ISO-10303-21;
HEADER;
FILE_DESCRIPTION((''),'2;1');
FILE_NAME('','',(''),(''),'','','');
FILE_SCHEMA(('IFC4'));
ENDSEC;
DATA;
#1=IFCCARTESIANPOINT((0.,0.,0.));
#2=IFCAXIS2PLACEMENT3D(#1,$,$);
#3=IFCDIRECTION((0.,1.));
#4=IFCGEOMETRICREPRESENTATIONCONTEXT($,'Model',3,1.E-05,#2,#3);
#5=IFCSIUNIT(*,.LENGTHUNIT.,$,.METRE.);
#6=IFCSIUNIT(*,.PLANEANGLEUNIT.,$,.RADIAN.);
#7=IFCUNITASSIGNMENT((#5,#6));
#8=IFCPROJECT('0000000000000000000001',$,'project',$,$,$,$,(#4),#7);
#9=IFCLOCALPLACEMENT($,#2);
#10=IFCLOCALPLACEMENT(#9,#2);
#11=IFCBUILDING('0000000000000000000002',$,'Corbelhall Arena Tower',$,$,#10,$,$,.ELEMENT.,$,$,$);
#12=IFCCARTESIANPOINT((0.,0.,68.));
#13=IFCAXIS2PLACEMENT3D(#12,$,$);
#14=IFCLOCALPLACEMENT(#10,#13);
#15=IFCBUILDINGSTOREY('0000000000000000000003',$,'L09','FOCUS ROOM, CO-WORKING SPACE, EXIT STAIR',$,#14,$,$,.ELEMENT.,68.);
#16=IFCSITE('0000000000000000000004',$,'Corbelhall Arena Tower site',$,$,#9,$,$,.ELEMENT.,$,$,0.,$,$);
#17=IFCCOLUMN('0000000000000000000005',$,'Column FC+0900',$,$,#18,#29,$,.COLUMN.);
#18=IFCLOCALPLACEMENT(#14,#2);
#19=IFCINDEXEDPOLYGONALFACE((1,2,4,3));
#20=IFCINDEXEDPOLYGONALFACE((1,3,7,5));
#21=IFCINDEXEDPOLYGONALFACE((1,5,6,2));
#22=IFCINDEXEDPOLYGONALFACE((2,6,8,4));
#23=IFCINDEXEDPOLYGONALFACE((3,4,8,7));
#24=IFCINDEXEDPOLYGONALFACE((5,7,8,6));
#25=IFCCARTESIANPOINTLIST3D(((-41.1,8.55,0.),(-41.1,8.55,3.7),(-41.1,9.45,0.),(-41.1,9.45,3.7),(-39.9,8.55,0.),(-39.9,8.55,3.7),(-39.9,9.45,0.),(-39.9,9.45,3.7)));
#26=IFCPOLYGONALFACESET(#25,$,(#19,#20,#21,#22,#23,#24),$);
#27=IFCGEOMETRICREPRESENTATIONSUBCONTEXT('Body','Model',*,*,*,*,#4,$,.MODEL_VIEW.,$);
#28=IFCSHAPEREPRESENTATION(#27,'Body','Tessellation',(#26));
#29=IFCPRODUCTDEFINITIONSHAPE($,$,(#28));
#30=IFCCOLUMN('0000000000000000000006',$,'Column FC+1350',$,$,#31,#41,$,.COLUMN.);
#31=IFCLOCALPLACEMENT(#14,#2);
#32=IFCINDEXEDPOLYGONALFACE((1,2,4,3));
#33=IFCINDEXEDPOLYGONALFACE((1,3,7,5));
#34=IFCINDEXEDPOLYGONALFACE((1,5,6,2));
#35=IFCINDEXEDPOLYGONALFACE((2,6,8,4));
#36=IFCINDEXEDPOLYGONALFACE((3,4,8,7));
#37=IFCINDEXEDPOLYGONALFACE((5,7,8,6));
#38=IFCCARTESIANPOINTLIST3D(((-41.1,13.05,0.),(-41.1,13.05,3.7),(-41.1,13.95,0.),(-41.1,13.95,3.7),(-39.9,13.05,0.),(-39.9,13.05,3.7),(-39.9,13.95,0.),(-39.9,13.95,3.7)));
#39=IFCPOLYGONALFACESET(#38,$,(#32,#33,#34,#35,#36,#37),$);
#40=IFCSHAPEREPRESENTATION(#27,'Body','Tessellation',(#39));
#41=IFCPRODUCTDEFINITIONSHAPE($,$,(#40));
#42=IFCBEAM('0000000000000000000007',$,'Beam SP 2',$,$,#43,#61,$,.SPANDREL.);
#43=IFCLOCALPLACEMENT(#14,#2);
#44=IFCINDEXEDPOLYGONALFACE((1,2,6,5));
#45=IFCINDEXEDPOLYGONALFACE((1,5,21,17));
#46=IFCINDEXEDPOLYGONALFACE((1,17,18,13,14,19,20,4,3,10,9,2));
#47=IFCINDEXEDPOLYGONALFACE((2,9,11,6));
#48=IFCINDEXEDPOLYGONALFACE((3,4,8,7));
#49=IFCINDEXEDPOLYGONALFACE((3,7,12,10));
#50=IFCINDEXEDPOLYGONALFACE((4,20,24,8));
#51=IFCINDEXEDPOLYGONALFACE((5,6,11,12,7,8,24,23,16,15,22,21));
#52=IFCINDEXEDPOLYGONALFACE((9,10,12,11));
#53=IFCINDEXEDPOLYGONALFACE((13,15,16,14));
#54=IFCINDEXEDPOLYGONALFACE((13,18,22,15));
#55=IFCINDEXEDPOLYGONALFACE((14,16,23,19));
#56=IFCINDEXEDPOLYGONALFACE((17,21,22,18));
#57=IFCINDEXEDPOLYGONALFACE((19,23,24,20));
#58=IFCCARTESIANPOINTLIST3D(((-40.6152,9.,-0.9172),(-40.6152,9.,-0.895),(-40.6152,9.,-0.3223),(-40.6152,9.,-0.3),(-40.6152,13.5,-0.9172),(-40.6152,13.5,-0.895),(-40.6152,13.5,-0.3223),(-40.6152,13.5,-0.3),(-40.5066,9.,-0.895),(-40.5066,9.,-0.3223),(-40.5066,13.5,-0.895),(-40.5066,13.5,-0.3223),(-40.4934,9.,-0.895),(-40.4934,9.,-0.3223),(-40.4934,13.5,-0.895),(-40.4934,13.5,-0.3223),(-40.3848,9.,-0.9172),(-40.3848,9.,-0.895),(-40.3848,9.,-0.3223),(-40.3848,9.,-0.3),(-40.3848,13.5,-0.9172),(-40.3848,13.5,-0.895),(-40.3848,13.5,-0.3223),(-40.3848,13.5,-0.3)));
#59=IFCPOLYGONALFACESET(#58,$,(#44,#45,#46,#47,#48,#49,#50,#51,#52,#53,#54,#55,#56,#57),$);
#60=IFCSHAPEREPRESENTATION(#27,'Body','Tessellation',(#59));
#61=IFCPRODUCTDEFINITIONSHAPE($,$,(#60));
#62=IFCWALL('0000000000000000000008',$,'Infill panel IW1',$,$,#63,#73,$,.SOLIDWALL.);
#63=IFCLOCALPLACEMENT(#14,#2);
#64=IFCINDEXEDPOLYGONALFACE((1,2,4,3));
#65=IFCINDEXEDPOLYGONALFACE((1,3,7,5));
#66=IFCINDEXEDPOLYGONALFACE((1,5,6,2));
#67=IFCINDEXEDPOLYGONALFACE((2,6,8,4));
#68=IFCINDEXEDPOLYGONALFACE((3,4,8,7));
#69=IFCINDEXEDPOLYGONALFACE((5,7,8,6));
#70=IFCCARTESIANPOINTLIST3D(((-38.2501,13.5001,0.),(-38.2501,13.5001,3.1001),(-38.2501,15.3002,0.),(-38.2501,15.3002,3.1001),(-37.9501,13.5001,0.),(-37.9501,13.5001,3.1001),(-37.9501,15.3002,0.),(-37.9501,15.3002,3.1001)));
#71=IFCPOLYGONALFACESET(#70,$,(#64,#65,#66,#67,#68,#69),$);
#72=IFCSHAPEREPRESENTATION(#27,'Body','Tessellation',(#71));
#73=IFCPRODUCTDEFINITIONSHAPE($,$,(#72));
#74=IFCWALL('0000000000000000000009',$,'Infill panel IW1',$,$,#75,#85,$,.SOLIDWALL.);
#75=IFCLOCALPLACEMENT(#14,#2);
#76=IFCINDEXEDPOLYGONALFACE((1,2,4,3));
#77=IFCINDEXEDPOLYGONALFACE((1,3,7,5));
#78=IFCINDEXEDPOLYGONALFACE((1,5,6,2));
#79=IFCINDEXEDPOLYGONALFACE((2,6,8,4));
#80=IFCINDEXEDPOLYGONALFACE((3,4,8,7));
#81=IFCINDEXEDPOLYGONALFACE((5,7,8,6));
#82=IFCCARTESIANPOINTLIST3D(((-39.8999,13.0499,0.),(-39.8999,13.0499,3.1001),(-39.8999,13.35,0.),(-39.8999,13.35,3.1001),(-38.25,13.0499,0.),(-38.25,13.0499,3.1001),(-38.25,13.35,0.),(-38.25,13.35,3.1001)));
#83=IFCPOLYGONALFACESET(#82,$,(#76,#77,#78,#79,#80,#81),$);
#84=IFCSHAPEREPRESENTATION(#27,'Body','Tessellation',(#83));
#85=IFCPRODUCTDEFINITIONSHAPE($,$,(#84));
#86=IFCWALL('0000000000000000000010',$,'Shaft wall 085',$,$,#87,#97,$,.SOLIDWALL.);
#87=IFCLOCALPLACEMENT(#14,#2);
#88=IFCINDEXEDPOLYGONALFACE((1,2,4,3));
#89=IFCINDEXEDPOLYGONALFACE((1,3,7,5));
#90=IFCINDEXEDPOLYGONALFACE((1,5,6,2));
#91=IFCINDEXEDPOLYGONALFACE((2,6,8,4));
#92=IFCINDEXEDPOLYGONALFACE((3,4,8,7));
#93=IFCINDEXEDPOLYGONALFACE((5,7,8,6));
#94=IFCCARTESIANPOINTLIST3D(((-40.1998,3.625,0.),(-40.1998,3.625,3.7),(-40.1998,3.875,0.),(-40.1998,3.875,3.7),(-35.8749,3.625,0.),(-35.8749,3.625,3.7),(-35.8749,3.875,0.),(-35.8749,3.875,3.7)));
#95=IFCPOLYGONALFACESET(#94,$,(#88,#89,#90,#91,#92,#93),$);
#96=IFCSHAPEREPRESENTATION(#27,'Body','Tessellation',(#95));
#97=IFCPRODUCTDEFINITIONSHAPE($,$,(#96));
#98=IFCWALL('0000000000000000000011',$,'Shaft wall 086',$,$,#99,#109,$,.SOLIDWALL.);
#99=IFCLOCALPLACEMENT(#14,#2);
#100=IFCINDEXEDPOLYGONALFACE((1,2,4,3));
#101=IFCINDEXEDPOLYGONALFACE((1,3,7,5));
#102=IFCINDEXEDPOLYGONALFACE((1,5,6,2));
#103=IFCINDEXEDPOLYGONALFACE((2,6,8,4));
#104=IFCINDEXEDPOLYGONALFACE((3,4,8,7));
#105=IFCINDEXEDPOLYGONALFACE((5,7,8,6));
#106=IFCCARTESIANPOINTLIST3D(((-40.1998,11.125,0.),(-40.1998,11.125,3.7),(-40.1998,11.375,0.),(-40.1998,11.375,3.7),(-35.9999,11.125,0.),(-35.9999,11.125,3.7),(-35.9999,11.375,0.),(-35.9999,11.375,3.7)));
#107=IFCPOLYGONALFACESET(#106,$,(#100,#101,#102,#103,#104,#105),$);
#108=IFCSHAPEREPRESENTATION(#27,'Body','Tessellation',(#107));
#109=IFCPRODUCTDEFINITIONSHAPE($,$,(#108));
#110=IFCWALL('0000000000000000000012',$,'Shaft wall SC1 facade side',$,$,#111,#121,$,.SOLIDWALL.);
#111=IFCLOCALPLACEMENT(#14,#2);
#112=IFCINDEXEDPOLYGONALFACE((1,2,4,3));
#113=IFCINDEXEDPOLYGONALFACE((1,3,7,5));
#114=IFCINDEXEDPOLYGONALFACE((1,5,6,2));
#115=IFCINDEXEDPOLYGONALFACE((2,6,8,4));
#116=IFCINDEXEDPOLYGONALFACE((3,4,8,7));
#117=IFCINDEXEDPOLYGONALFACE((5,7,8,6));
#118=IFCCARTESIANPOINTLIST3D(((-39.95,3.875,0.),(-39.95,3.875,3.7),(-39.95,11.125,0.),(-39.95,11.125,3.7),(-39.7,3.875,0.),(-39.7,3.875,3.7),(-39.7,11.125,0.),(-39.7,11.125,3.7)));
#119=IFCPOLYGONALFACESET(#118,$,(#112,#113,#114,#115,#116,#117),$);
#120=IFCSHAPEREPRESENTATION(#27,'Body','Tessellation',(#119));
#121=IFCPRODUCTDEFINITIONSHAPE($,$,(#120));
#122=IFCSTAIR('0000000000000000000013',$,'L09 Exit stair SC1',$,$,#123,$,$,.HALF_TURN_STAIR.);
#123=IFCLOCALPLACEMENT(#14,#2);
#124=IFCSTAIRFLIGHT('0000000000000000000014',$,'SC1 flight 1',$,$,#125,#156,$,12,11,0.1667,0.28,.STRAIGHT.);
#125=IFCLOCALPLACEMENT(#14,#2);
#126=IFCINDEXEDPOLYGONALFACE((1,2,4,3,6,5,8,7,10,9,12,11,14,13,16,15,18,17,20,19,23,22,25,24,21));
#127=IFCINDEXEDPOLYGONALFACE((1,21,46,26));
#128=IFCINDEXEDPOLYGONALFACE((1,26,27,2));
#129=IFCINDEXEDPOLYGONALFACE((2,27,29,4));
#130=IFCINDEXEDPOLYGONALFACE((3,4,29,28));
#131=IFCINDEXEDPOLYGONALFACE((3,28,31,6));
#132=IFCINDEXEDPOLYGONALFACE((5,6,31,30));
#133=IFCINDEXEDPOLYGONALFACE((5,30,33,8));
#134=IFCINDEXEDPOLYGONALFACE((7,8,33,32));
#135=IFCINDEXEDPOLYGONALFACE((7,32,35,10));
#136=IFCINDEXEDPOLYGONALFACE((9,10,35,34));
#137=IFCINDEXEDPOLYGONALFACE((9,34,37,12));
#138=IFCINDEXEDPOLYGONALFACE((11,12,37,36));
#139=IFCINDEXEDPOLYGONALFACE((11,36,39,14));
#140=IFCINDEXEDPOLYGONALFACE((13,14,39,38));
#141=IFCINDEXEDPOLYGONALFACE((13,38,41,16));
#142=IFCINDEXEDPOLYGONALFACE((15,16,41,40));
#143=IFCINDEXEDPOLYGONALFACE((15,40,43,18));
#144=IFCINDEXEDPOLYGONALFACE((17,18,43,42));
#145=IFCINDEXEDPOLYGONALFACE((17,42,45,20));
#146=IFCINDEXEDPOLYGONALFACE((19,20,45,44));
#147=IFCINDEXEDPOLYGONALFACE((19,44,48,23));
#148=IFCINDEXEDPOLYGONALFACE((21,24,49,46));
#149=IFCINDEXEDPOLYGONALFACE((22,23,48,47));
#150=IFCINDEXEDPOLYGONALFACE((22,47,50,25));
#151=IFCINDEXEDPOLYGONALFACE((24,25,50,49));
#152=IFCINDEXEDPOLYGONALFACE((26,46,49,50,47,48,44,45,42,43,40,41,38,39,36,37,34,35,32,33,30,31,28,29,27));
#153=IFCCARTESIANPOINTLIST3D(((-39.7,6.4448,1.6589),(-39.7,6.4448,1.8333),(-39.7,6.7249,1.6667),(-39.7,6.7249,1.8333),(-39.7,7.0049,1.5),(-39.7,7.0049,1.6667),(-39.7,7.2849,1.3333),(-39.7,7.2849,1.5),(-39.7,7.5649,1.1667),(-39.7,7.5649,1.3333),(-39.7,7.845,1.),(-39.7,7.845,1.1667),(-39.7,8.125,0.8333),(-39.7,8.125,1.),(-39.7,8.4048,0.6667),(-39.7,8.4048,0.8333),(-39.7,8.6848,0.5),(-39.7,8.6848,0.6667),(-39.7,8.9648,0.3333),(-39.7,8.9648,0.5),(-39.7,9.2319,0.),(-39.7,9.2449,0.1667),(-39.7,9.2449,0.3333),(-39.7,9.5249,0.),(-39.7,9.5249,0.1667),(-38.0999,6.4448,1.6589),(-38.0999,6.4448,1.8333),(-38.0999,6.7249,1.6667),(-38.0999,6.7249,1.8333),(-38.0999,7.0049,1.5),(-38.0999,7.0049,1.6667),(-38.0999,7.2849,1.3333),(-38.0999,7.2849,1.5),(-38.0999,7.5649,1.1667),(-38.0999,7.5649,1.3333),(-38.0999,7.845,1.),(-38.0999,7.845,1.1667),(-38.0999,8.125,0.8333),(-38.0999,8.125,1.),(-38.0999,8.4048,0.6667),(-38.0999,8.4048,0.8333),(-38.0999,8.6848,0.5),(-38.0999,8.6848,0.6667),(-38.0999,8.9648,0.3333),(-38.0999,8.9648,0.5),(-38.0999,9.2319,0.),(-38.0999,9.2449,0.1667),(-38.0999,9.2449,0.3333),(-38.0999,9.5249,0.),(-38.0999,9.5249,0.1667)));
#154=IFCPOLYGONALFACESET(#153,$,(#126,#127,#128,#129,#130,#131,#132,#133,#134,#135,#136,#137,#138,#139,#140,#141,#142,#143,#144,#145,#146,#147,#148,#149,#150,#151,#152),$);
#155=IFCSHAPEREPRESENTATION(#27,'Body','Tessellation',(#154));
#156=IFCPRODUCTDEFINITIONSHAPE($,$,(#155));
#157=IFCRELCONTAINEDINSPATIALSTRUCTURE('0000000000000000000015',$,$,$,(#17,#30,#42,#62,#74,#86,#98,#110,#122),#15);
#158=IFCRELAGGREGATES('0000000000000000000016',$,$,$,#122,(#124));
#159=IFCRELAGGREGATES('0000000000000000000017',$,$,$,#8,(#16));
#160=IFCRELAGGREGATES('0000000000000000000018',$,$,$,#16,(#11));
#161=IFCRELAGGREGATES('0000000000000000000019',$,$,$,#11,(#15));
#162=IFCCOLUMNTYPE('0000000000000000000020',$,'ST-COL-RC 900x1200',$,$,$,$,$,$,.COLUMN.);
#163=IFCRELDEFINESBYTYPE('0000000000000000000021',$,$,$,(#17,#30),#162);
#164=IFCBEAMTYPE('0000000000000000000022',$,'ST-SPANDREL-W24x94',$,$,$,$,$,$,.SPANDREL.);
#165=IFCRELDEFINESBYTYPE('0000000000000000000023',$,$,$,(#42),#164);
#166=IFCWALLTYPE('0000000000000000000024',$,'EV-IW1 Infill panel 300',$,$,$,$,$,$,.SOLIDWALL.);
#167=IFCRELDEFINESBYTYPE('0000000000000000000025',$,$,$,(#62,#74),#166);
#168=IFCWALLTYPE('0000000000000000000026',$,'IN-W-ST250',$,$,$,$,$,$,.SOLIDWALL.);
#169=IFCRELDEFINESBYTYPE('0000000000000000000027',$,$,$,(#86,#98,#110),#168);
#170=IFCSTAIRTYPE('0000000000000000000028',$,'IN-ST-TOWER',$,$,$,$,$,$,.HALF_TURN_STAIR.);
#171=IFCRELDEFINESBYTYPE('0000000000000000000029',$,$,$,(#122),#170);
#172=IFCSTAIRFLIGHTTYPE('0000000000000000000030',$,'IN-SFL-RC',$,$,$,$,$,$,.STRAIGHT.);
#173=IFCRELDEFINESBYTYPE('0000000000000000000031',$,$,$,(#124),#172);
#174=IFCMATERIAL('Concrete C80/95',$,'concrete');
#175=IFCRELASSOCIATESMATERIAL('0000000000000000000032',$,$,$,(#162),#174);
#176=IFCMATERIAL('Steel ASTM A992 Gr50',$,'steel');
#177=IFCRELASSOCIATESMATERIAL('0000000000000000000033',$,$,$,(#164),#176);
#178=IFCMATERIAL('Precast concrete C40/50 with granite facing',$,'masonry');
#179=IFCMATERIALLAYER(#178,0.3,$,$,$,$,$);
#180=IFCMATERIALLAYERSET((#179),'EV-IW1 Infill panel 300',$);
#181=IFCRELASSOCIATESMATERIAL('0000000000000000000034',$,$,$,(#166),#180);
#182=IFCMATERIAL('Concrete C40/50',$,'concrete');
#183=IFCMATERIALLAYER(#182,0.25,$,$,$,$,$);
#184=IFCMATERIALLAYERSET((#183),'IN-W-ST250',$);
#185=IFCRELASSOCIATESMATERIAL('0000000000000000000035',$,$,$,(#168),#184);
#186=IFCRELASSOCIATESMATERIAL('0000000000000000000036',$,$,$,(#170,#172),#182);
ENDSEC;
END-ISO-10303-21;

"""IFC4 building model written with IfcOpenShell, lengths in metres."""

from ifc_helpers import new_model, si_unit, direction, frame, frame_2d, origin, origin_2d, place, context, subcontext, project, spatial, polyline, rectangle, i_section, outline, extrude, material, layer, layer_set, material_profile, profile_set, type_object, element, aggregate, save


model = new_model("IFC4")

# Units and contexts
model_context = context("Model", 3, precision=1e-05, world=origin(), true_north=direction((0.0, 1.0)))
body_context = subcontext(model_context, "Body", "Model", "MODEL_VIEW")
ifc_project = project(units=[si_unit("LENGTHUNIT", "METRE"), si_unit("PLANEANGLEUNIT", "RADIAN")], contexts=[model_context])

# Site, building, storey
site_placement = place(None, origin())
site = spatial("IfcSite", under=ifc_project, at=site_placement, Name="Corbelhall Arena Tower site", CompositionType="ELEMENT", RefElevation=0.0)
building_placement = place(site_placement, origin())
building = spatial("IfcBuilding", under=site, at=building_placement, Name="Corbelhall Arena Tower", CompositionType="ELEMENT")
storey_placement = place(building_placement, frame((0.0, 0.0, 68.0)))
storey = spatial("IfcBuildingStorey", under=building, at=storey_placement, Name="L09", Description="FOCUS ROOM, CO-WORKING SPACE, EXIT STAIR", CompositionType="ELEMENT", Elevation=68.0)

# Columns
ifc_material_1 = material(Name="Concrete C80/95", Category="concrete")
ifc_material_profile_1 = material_profile(ifc_material_1, rectangle(XDim=0.8999, YDim=1.2, at=origin_2d()))
ifc_profile_set_1 = profile_set([ifc_material_profile_1], Name="Concrete C80/95")
column_type = type_object("IfcColumnType", Name="ST-COL-RC 900x1200", PredefinedType="COLUMN", material=ifc_profile_set_1)
for number, where, z_axis, x_axis, name in (
    (1, (-40.5, 9.0, 0.0), (0.0, 0.0, 1.0), (0.0, 1.0, 0.0), "Column FC+0900"),
    (2, (-40.5, 13.5, 0.0), (0.0, 0.0, 1.0), (0.0, 1.0, 0.0), "Column FC+1350"),
):
    element("IfcColumn", number, at=place(storey_placement, frame(where, z_axis=z_axis, x_axis=x_axis)), inside=storey, type_object=column_type, Name=name, PredefinedType="COLUMN", context=body_context, shape_type="SweptSolid", body=[
        extrude(rectangle(XDim=0.8999, YDim=1.2, at=origin_2d()), origin(), (0.0, 0.0, 1.0), 3.7),
    ])

# Beam
ifc_material_2 = material(Name="Steel ASTM A992 Gr50", Category="steel")
ifc_material_profile_2 = material_profile(ifc_material_2, i_section(OverallWidth=0.2305, OverallDepth=0.6172, WebThickness=0.0132, FlangeThickness=0.0222, at=origin_2d()))
ifc_profile_set_2 = profile_set([ifc_material_profile_2], Name="Steel ASTM A992 Gr50")
beam_type = type_object("IfcBeamType", Name="ST-SPANDREL-W24x94", PredefinedType="SPANDREL", material=ifc_profile_set_2)
beam_placement = place(storey_placement, frame((-40.5, 9.0, -0.6086), z_axis=(0.0, 1.0, 0.0), x_axis=(-1.0, 0.0, 0.0)))
element("IfcBeam", 3, at=beam_placement, inside=storey, type_object=beam_type, Name="Beam SP 2", PredefinedType="SPANDREL", context=body_context, shape_type="SweptSolid", body=[
    extrude(i_section(OverallWidth=0.2305, OverallDepth=0.6172, WebThickness=0.0132, FlangeThickness=0.0222, at=origin_2d()), origin(), (0.0, 0.0, 1.0), 4.5),
])

# Walls
ifc_material_3 = material(Name="Precast concrete C40/50 with granite facing", Category="masonry")
ifc_layer_1 = layer(ifc_material_3, 0.3)
ifc_layer_set_1 = layer_set([ifc_layer_1], Name="EV-IW1 Infill panel 300")
wall_type_1 = type_object("IfcWallType", Name="EV-IW1 Infill panel 300", PredefinedType="SOLIDWALL", material=ifc_layer_set_1)
wall_1_placement = place(storey_placement, frame((-38.1001, 15.3, 0.0), z_axis=(0.0, 0.0, 1.0), x_axis=(0.0, -1.0, 0.0)))
element("IfcWall", 4, at=wall_1_placement, inside=storey, type_object=wall_type_1, Name="Infill panel IW1", PredefinedType="SOLIDWALL", context=body_context, shape_type="SweptSolid", body=[
    extrude(rectangle(XDim=1.8, YDim=0.3, at=frame_2d((0.8999, 0.0))), origin(), (0.0, 0.0, 1.0), 3.1001),
])
wall_2_placement = place(storey_placement, frame((-39.8999, 13.2, 0.0), z_axis=(0.0, 0.0, 1.0), x_axis=(1.0, 0.0, 0.0)))
element("IfcWall", 5, at=wall_2_placement, inside=storey, type_object=wall_type_1, Name="Infill panel IW1", PredefinedType="SOLIDWALL", context=body_context, shape_type="SweptSolid", body=[
    extrude(rectangle(XDim=1.6499, YDim=0.3, at=frame_2d((0.825, 0.0))), origin(), (0.0, 0.0, 1.0), 3.1001),
])

# Walls
ifc_material_4 = material(Name="Concrete C40/50", Category="concrete")
ifc_layer_2 = layer(ifc_material_4, 0.25)
ifc_layer_set_2 = layer_set([ifc_layer_2], Name="IN-W-ST250")
wall_type_2 = type_object("IfcWallType", Name="IN-W-ST250", PredefinedType="SOLIDWALL", material=ifc_layer_set_2)
wall_3_placement = place(storey_placement, frame((-40.2, 3.75, 0.0), z_axis=(0.0, 0.0, 1.0), x_axis=(1.0, 0.0, 0.0)))
element("IfcWall", 6, at=wall_3_placement, inside=storey, type_object=wall_type_2, Name="Shaft wall 085", PredefinedType="SOLIDWALL", context=body_context, shape_type="SweptSolid", body=[
    extrude(rectangle(XDim=4.325, YDim=0.25, at=frame_2d((2.1626, 0.0))), origin(), (0.0, 0.0, 1.0), 3.7),
])
wall_4_placement = place(storey_placement, frame((-40.2, 11.25, 0.0), z_axis=(0.0, 0.0, 1.0), x_axis=(1.0, 0.0, 0.0)))
element("IfcWall", 7, at=wall_4_placement, inside=storey, type_object=wall_type_2, Name="Shaft wall 086", PredefinedType="SOLIDWALL", context=body_context, shape_type="SweptSolid", body=[
    extrude(rectangle(XDim=4.2, YDim=0.25, at=frame_2d((2.1001, 0.0))), origin(), (0.0, 0.0, 1.0), 3.7),
])
wall_5_placement = place(storey_placement, frame((-39.825, 3.875, 0.0), z_axis=(0.0, 0.0, 1.0), x_axis=(0.0, 1.0, 0.0)))
element("IfcWall", 8, at=wall_5_placement, inside=storey, type_object=wall_type_2, Name="Shaft wall SC1 facade side", PredefinedType="SOLIDWALL", context=body_context, shape_type="SweptSolid", body=[
    extrude(rectangle(XDim=7.25, YDim=0.25, at=frame_2d((3.625, 0.0))), origin(), (0.0, 0.0, 1.0), 3.7),
])

# Stair, stair flight
stair_type = type_object("IfcStairType", Name="IN-ST-TOWER", PredefinedType="HALF_TURN_STAIR", material=ifc_material_4)
stair_placement = place(storey_placement, origin())
stair = element("IfcStair", 9, at=stair_placement, inside=storey, type_object=stair_type, Name="L09 Exit stair SC1", PredefinedType="HALF_TURN_STAIR")
stair_flight_type = type_object("IfcStairFlightType", Name="IN-SFL-RC", PredefinedType="STRAIGHT", material=ifc_material_4)
stair_flight_1_placement = place(storey_placement, frame((-38.8999, 9.5249, 0.0), z_axis=(0.0, 0.0, 1.0), x_axis=(0.0, -1.0, 0.0)))
stair_flight_1 = element("IfcStairFlight", 10, at=stair_flight_1_placement, type_object=stair_flight_type, Name="SC1 flight 1", NumberOfRisers=12, NumberOfTreads=11, PredefinedType="STRAIGHT", RiserHeight=0.1667, TreadLength=0.28, context=body_context, shape_type="SweptSolid", body=[
    extrude(outline(polyline([(0.0, 0.0), (0.0, 0.1667), (0.28, 0.1667), (0.28, 0.3333), (0.5601, 0.3333), (0.5601, 0.5), (0.8401, 0.5), (0.8401, 0.6667), (1.1201, 0.6667), (1.1201, 0.8333), (1.3999, 0.8333), (1.3999, 1.0), (1.6799, 1.0), (1.6799, 1.1667), (1.96, 1.1667), (1.96, 1.3333), (2.24, 1.3333), (2.24, 1.5), (2.52, 1.5), (2.52, 1.6667), (2.8, 1.6667), (2.8, 1.8333), (3.0801, 1.8333), (3.0801, 2.0), (3.0801, 1.6589), (0.293, 0.0), (0.0, 0.0)])), frame((0.0, 0.8, 0.0), z_axis=(0.0, -1.0, 0.0), x_axis=(1.0, 0.0, 0.0)), (0.0, 0.0, 1.0), 1.6001),
])
aggregate(stair, [stair_flight_1])

save(model, "model.ifc")
